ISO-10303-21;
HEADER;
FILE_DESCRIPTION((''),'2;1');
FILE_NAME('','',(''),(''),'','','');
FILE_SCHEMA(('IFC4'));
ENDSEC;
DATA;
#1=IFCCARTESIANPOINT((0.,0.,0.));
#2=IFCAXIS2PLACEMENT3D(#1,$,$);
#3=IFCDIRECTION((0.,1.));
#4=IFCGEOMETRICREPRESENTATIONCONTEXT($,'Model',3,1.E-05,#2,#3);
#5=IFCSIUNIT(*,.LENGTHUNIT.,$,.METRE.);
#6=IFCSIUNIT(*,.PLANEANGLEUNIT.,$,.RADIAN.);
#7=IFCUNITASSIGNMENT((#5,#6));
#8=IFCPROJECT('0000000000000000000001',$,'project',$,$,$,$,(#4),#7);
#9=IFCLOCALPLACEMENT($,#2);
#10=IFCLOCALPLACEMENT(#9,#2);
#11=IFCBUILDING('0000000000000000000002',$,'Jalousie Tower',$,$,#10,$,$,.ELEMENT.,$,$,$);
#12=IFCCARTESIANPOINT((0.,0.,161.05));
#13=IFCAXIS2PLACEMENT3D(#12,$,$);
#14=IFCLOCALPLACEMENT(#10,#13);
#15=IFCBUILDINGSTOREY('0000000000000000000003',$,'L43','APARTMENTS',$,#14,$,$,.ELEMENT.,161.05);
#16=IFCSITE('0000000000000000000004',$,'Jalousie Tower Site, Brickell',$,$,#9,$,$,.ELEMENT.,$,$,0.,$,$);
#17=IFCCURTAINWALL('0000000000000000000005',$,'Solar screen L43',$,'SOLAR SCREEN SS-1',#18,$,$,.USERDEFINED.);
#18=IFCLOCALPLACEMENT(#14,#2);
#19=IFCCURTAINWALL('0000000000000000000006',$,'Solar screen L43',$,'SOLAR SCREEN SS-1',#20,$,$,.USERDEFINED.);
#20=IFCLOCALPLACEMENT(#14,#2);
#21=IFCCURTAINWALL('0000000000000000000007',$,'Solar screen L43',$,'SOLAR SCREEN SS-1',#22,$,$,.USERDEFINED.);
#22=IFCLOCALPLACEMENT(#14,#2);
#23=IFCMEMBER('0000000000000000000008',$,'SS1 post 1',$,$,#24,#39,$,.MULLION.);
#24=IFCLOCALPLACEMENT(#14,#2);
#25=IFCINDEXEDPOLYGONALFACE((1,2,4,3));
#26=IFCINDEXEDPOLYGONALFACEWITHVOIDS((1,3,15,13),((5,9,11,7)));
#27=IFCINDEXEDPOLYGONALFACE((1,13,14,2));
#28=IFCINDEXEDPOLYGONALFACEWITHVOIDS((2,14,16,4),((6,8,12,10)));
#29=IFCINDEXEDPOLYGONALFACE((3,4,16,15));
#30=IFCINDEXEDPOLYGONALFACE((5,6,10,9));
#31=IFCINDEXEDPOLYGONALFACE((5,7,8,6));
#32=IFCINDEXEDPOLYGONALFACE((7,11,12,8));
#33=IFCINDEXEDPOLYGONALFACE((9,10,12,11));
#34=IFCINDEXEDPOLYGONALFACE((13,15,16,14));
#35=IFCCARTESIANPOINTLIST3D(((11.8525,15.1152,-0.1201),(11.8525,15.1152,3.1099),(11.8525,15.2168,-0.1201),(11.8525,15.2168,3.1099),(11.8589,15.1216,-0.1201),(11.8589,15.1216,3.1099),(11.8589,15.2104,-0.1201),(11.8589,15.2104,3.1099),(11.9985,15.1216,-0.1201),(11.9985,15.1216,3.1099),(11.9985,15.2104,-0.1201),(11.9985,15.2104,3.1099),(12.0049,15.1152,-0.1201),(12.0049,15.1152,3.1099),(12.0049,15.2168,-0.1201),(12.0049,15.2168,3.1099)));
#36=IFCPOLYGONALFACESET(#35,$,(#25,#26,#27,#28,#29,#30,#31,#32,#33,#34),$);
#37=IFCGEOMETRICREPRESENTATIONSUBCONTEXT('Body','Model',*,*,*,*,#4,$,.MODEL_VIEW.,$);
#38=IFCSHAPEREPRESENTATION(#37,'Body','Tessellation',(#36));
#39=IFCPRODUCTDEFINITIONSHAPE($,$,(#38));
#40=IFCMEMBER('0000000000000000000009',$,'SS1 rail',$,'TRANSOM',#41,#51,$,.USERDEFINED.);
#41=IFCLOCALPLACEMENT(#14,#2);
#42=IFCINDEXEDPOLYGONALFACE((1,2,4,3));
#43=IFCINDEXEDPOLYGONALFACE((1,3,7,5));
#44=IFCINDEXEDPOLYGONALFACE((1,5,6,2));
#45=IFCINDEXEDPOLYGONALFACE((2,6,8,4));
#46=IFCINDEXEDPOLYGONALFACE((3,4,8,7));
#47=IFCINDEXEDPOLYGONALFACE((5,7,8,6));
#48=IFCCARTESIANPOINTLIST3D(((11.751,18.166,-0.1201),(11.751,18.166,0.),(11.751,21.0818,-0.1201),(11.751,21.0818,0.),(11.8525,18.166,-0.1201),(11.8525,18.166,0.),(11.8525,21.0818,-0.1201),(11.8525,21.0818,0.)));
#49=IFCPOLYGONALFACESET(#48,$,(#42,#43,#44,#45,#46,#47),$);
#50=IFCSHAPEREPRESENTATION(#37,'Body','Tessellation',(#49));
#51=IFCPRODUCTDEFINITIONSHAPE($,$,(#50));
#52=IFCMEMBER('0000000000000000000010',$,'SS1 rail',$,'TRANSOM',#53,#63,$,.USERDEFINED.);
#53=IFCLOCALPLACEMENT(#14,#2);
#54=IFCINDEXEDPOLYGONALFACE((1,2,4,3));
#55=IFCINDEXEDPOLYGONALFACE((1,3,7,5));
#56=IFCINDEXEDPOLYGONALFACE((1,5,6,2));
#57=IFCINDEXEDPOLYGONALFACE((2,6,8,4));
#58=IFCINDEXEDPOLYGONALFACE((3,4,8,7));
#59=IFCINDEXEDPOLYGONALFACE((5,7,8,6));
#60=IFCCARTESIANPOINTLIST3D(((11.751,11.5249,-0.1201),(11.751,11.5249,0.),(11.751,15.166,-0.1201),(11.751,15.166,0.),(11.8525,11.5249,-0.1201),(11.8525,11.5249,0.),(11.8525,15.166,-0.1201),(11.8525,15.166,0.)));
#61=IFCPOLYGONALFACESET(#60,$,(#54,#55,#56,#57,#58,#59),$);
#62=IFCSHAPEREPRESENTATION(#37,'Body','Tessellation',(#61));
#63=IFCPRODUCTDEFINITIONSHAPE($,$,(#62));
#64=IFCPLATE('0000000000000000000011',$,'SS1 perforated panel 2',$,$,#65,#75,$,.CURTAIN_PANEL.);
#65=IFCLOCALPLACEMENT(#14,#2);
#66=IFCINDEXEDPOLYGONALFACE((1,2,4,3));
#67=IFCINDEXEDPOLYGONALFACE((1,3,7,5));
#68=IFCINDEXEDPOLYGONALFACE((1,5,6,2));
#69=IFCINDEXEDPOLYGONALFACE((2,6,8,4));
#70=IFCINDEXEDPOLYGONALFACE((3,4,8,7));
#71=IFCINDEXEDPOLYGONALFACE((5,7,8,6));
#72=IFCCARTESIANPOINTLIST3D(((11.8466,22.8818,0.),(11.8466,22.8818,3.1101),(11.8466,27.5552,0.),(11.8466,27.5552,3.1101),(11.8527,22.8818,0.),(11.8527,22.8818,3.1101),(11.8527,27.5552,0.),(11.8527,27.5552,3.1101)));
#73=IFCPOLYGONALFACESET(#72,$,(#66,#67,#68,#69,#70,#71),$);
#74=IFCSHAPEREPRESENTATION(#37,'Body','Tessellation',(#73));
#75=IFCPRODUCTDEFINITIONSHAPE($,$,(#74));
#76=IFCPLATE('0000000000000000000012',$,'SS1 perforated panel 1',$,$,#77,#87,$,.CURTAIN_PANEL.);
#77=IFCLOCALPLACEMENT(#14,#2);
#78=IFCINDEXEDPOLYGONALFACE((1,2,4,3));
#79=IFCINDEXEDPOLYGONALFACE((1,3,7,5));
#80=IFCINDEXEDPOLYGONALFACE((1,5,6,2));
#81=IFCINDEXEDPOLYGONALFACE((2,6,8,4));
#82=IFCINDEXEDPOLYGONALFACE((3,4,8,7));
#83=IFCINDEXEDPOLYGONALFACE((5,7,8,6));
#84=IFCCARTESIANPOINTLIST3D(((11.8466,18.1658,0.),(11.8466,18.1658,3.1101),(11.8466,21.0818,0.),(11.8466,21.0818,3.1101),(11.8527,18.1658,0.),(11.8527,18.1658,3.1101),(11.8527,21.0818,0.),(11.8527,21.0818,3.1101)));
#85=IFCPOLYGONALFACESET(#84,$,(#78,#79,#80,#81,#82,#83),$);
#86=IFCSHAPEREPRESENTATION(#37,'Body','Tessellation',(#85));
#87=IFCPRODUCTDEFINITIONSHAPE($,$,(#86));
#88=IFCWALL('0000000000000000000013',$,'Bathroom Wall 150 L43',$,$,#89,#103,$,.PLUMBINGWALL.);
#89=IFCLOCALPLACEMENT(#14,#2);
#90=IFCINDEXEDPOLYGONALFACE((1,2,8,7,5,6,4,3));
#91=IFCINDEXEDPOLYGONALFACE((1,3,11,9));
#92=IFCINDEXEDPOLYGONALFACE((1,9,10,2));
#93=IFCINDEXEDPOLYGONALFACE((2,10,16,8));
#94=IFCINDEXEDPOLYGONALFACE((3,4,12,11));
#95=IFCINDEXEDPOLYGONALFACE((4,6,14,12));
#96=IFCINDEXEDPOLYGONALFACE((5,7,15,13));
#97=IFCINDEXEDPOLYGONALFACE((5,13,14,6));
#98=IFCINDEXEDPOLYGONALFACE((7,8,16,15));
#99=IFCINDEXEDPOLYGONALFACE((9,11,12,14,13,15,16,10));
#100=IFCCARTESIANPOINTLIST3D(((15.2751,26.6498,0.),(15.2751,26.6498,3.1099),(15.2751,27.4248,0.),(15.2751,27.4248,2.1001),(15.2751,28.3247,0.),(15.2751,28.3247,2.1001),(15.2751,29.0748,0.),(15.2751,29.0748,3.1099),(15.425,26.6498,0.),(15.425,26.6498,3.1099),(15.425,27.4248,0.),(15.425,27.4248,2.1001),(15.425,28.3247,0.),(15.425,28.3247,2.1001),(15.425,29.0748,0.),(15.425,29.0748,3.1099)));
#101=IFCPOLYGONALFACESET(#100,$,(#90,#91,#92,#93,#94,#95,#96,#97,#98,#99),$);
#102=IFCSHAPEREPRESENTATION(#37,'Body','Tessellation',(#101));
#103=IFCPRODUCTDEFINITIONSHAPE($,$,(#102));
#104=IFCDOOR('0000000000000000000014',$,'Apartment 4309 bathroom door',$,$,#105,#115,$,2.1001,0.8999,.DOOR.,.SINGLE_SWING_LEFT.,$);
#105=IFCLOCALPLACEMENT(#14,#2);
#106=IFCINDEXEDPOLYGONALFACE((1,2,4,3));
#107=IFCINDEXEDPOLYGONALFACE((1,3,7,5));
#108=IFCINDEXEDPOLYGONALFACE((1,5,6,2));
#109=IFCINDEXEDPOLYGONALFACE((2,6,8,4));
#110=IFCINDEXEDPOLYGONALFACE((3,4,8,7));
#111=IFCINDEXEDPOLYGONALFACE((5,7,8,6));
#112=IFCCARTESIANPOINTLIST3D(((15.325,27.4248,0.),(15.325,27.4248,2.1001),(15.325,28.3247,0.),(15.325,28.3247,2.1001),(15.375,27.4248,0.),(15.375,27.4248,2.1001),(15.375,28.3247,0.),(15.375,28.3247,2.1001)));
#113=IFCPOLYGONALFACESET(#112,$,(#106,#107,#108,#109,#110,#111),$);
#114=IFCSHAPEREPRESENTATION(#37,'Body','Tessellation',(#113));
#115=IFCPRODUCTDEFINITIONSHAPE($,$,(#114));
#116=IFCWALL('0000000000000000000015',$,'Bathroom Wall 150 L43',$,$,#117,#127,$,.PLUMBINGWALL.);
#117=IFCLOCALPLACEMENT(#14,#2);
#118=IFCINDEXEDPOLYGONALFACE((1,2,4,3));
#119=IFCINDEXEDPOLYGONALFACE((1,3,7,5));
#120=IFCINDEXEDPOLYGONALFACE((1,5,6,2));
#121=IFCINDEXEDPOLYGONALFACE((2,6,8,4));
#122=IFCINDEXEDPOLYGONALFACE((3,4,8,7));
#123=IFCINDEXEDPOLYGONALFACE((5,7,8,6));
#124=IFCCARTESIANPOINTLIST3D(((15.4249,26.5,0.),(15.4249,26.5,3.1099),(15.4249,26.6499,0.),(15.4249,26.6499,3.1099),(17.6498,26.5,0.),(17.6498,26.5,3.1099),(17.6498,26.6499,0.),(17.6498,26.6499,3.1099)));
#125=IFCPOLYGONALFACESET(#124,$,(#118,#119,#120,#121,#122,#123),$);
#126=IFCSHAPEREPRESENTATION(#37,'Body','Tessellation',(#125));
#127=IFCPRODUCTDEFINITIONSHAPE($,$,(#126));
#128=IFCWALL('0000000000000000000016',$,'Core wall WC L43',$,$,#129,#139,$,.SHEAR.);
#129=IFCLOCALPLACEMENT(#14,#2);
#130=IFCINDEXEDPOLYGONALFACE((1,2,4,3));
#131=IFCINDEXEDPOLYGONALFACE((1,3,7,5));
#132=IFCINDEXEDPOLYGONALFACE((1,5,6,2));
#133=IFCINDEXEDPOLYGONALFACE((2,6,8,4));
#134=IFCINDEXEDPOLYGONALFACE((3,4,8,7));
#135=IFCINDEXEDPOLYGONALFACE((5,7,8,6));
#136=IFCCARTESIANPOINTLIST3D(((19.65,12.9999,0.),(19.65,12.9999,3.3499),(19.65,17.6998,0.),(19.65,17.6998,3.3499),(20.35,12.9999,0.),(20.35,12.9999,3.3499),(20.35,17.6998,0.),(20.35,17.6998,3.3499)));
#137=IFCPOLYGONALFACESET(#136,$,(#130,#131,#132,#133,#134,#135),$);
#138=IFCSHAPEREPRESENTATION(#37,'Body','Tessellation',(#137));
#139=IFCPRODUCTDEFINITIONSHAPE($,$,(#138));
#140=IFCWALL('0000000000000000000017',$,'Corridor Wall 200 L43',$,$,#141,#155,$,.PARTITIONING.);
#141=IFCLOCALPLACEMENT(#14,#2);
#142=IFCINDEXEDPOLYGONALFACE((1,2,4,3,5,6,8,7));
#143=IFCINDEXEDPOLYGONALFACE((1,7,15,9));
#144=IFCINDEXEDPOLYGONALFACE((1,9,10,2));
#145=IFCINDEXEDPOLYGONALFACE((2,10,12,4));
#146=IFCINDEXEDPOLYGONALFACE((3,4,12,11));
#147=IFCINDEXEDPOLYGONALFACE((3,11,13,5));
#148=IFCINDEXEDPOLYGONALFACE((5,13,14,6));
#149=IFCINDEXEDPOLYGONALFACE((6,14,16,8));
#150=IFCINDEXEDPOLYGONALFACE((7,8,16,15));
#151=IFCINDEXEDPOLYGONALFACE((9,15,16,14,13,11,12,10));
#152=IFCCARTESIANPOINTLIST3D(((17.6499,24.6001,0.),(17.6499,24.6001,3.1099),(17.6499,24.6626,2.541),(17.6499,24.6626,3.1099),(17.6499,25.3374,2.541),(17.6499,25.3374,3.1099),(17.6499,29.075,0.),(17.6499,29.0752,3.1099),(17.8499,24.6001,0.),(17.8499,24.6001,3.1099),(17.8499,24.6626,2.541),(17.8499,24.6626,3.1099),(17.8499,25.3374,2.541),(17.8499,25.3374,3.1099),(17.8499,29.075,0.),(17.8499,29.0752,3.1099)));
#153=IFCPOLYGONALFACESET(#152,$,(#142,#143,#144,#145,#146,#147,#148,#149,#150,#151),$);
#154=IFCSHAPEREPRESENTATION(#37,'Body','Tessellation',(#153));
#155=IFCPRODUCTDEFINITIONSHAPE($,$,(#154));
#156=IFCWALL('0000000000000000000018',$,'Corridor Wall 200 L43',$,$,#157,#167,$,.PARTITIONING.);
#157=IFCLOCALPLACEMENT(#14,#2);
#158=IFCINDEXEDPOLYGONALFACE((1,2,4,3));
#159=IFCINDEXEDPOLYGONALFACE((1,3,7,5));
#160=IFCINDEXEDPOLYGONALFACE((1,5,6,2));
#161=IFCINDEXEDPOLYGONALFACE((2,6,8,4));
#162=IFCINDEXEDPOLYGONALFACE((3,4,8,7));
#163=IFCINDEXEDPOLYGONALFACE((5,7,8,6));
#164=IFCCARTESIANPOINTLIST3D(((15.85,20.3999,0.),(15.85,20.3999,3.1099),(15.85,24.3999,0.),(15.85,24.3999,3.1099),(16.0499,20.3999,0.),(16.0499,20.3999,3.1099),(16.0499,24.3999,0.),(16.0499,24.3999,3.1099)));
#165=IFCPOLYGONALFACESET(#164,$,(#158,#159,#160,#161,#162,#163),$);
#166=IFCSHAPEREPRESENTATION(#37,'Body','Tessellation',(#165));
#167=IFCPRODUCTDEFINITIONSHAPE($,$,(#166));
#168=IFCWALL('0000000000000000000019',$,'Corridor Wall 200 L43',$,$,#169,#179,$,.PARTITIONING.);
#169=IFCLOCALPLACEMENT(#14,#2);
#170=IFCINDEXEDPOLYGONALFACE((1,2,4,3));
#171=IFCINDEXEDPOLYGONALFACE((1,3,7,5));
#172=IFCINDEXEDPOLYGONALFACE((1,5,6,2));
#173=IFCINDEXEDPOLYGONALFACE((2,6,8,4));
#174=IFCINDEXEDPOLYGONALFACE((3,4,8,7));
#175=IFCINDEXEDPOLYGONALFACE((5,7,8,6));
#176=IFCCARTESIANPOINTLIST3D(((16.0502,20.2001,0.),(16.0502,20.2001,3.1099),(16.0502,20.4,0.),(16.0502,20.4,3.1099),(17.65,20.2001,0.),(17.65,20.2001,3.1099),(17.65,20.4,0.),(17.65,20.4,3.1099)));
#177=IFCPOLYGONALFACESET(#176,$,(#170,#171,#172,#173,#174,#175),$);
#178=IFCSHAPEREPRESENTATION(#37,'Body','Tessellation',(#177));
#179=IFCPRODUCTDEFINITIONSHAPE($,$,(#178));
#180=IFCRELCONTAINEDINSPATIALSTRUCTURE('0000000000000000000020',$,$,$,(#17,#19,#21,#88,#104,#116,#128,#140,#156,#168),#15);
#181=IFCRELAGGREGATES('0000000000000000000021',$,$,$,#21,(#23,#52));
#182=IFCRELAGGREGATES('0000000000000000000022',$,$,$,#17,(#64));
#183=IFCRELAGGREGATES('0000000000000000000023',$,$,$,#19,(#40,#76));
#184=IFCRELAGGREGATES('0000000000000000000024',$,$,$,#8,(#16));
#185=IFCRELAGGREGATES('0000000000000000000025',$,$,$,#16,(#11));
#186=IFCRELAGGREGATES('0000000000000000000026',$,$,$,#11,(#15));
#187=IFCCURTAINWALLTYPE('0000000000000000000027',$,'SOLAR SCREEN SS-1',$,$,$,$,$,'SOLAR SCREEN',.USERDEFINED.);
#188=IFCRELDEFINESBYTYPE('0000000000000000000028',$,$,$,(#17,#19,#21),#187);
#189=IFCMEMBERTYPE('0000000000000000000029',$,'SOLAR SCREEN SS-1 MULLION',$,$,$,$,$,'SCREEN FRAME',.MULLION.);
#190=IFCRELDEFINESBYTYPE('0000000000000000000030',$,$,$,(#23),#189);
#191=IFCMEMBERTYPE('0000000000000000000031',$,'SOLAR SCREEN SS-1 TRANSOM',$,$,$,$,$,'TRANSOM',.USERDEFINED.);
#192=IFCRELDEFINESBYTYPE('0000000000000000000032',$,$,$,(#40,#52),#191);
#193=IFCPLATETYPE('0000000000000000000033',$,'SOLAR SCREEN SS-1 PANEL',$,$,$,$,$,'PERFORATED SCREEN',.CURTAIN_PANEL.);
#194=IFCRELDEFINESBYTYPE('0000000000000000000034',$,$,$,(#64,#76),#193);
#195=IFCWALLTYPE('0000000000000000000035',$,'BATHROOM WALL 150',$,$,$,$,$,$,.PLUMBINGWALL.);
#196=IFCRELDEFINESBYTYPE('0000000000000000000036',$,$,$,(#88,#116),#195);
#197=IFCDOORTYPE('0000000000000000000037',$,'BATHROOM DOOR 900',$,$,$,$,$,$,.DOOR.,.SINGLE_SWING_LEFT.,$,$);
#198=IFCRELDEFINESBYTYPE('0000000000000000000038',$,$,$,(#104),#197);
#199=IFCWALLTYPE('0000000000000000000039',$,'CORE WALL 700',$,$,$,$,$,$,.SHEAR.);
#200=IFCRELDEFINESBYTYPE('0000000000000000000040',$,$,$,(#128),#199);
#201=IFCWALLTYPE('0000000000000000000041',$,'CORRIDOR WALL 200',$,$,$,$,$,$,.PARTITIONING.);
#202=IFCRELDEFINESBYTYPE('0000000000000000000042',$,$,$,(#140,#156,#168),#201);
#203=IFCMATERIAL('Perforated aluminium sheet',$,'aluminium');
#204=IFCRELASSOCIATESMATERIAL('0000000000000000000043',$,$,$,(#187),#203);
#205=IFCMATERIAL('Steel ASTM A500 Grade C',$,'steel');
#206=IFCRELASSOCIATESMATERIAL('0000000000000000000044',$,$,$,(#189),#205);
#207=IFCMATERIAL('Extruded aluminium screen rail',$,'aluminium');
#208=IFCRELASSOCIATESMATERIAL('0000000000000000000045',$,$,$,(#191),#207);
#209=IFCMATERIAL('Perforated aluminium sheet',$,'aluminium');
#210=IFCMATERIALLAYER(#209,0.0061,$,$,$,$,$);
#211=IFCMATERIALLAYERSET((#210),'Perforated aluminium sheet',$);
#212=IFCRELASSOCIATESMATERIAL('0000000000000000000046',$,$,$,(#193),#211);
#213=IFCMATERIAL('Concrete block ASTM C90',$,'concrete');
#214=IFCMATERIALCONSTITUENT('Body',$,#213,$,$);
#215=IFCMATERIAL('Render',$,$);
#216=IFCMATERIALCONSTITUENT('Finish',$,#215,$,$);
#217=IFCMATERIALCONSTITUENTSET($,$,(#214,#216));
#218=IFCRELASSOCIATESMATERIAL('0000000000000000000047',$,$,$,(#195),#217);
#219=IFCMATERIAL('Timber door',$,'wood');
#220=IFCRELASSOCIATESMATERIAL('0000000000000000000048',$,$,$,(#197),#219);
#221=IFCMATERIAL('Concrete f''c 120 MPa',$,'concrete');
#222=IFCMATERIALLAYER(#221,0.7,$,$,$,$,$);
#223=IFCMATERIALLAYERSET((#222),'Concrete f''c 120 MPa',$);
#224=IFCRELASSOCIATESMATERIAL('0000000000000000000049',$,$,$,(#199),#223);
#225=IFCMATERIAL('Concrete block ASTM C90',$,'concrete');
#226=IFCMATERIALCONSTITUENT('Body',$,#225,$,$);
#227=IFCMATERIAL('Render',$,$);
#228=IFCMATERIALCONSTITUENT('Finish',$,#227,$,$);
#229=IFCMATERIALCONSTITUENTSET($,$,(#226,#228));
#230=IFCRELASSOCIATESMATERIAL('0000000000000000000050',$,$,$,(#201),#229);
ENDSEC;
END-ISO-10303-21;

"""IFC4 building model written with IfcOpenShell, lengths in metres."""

from ifc_helpers import new_model, si_unit, direction, frame, frame_2d, origin, origin_2d, place, context, subcontext, project, spatial, polyline, rectangle, hollow_rectangle, outline, extrude, material, layer, layer_set, constituent, constituent_set, material_profile, profile_set, type_object, element, fill, aggregate, save


model = new_model("IFC4")

# Units and contexts
model_context = context("Model", 3, precision=1e-05, world=origin(), true_north=direction((0.0, 1.0)))
body_context = subcontext(model_context, "Body", "Model", "MODEL_VIEW")
ifc_project = project(units=[si_unit("LENGTHUNIT", "METRE"), si_unit("PLANEANGLEUNIT", "RADIAN")], contexts=[model_context])

# Site, building, storey
site_placement = place(None, origin())
site = spatial("IfcSite", under=ifc_project, at=site_placement, Name="Jalousie Tower Site, Brickell", CompositionType="ELEMENT", RefElevation=0.0)
building_placement = place(site_placement, origin())
building = spatial("IfcBuilding", under=site, at=building_placement, Name="Jalousie Tower", CompositionType="ELEMENT")
storey_placement = place(building_placement, frame((0.0, 0.0, 161.05)))
storey = spatial("IfcBuildingStorey", under=building, at=storey_placement, Name="L43", Description="APARTMENTS", CompositionType="ELEMENT", Elevation=161.05)

# Curtain walls
ifc_material_1 = material(Name="Perforated aluminium sheet", Category="aluminium")
curtain_wall_type = type_object("IfcCurtainWallType", Name="SOLAR SCREEN SS-1", ElementType="SOLAR SCREEN", PredefinedType="USERDEFINED", material=ifc_material_1)
curtain_wall_1_placement = place(storey_placement, origin())
curtain_wall_1 = element("IfcCurtainWall", 1, at=curtain_wall_1_placement, inside=storey, type_object=curtain_wall_type, Name="Solar screen L43", ObjectType="SOLAR SCREEN SS-1", PredefinedType="USERDEFINED")
ifc_material_2 = material(Name="Steel ASTM A500 Grade C", Category="steel")
ifc_material_profile_1 = material_profile(ifc_material_2, hollow_rectangle(XDim=0.1016, YDim=0.1523, WallThickness=0.0063, at=origin_2d()), Name="HSS6X4X1/4")
ifc_profile_set_1 = profile_set([ifc_material_profile_1], Name="Steel ASTM A500 Grade C")
member_type_1 = type_object("IfcMemberType", Name="SOLAR SCREEN SS-1 MULLION", ElementType="SCREEN FRAME", PredefinedType="MULLION", material=ifc_profile_set_1)
curtain_wall_2_placement = place(storey_placement, origin())
curtain_wall_2 = element("IfcCurtainWall", 2, at=curtain_wall_2_placement, inside=storey, type_object=curtain_wall_type, Name="Solar screen L43", ObjectType="SOLAR SCREEN SS-1", PredefinedType="USERDEFINED")

# Curtain wall, member
curtain_wall_3_placement = place(storey_placement, origin())
curtain_wall_3 = element("IfcCurtainWall", 3, at=curtain_wall_3_placement, inside=storey, type_object=curtain_wall_type, Name="Solar screen L43", ObjectType="SOLAR SCREEN SS-1", PredefinedType="USERDEFINED")
member_1_placement = place(storey_placement, frame((11.9287, 15.166, -0.1201), z_axis=(0.0, 0.0, 1.0), x_axis=(0.0, -1.0, 0.0)))
member_1 = element("IfcMember", 4, at=member_1_placement, type_object=member_type_1, Name="SS1 post 1", PredefinedType="MULLION", context=body_context, shape_type="SweptSolid", body=[
    extrude(hollow_rectangle(XDim=0.1016, YDim=0.1523, WallThickness=0.0063, at=origin_2d()), origin(), (0.0, 0.0, 1.0), 3.23),
])

# Members
ifc_material_3 = material(Name="Extruded aluminium screen rail", Category="aluminium")
ifc_material_profile_2 = material_profile(ifc_material_3, rectangle(XDim=0.1016, YDim=0.1201, at=origin_2d()), Name="RAIL 102x120")
ifc_profile_set_2 = profile_set([ifc_material_profile_2], Name="Extruded aluminium screen rail")
member_type_2 = type_object("IfcMemberType", Name="SOLAR SCREEN SS-1 TRANSOM", ElementType="TRANSOM", PredefinedType="USERDEFINED", material=ifc_profile_set_2)
member_2_placement = place(storey_placement, frame((11.8018, 21.0818, -0.0601), z_axis=(0.0, -1.0, 0.0), x_axis=(1.0, 0.0, 0.0)))
member_2 = element("IfcMember", 5, at=member_2_placement, type_object=member_type_2, Name="SS1 rail", ObjectType="TRANSOM", PredefinedType="USERDEFINED", context=body_context, shape_type="SweptSolid", body=[
    extrude(rectangle(XDim=0.1016, YDim=0.1201, at=origin_2d()), origin(), (0.0, 0.0, 1.0), 2.9158),
])
member_3_placement = place(storey_placement, frame((11.8018, 15.166, -0.0601), z_axis=(0.0, -1.0, 0.0), x_axis=(1.0, 0.0, 0.0)))
member_3 = element("IfcMember", 6, at=member_3_placement, type_object=member_type_2, Name="SS1 rail", ObjectType="TRANSOM", PredefinedType="USERDEFINED", context=body_context, shape_type="SweptSolid", body=[
    extrude(rectangle(XDim=0.1016, YDim=0.1201, at=origin_2d()), origin(), (0.0, 0.0, 1.0), 3.6411),
])
aggregate(curtain_wall_3, [member_1, member_3])

# Plates
ifc_material_4 = material(Name="Perforated aluminium sheet", Category="aluminium")
ifc_layer_1 = layer(ifc_material_4, 0.0061)
ifc_layer_set_1 = layer_set([ifc_layer_1], Name="Perforated aluminium sheet")
plate_type = type_object("IfcPlateType", Name="SOLAR SCREEN SS-1 PANEL", ElementType="PERFORATED SCREEN", PredefinedType="CURTAIN_PANEL", material=ifc_layer_set_1)
plate_1_placement = place(storey_placement, frame((11.8496, 25.2185, 0.0), z_axis=(0.0, 0.0, 1.0), x_axis=(0.0, -1.0, 0.0)))
plate_1 = element("IfcPlate", 7, at=plate_1_placement, type_object=plate_type, Name="SS1 perforated panel 2", PredefinedType="CURTAIN_PANEL", context=body_context, shape_type="SweptSolid", body=[
    extrude(rectangle(XDim=4.6733, YDim=0.0061, at=origin_2d()), origin(), (0.0, 0.0, 1.0), 3.1101),
])
aggregate(curtain_wall_1, [plate_1])
plate_2_placement = place(storey_placement, frame((11.8496, 19.6238, 0.0), z_axis=(0.0, 0.0, 1.0), x_axis=(0.0, -1.0, 0.0)))
plate_2 = element("IfcPlate", 8, at=plate_2_placement, type_object=plate_type, Name="SS1 perforated panel 1", PredefinedType="CURTAIN_PANEL", context=body_context, shape_type="SweptSolid", body=[
    extrude(rectangle(XDim=2.916, YDim=0.0061, at=origin_2d()), origin(), (0.0, 0.0, 1.0), 3.1101),
])
aggregate(curtain_wall_2, [member_2, plate_2])

# Wall, opening, door
ifc_material_5 = material(Name="Concrete block ASTM C90", Category="concrete")
ifc_constituent_1 = constituent(ifc_material_5, Name="Body")
ifc_material_6 = material(Name="Render")
ifc_constituent_2 = constituent(ifc_material_6, Name="Finish")
ifc_constituent_set_1 = constituent_set(constituents=[ifc_constituent_1, ifc_constituent_2])
wall_type_1 = type_object("IfcWallType", Name="BATHROOM WALL 150", PredefinedType="PLUMBINGWALL", material=ifc_constituent_set_1)
wall_1_placement = place(storey_placement, frame((15.3501, 26.6499, 0.0), z_axis=(0.0, 0.0, 1.0), x_axis=(0.0, 1.0, 0.0)))
wall_1 = element("IfcWall", 9, at=wall_1_placement, inside=storey, type_object=wall_type_1, Name="Bathroom Wall 150 L43", PredefinedType="PLUMBINGWALL", context=body_context, shape_type="SweptSolid", body=[
    extrude(rectangle(XDim=2.425, YDim=0.1499, at=frame_2d((1.2124, 0.0))), origin(), (0.0, 0.0, 1.0), 3.1099),
])
opening_1_placement = place(wall_1_placement, frame((0.7749, 0.0, 0.0)))
opening_1 = element("IfcOpeningElement", 10, at=opening_1_placement, cuts=wall_1, PredefinedType="OPENING", context=body_context, shape_type="SweptSolid", body=[
    extrude(rectangle(XDim=0.8999, YDim=2.1001, at=frame_2d((0.45, 1.05))), frame((0.0, 0.085, 0.0), z_axis=(0.0, -1.0, 0.0), x_axis=(1.0, 0.0, 0.0)), (0.0, 0.0, 1.0), 0.1699),
])
ifc_material_7 = material(Name="Timber door", Category="wood")
door_type_1 = type_object("IfcDoorType", Name="BATHROOM DOOR 900", OperationType="SINGLE_SWING_LEFT", PredefinedType="DOOR", material=ifc_material_7)
door_1_placement = place(opening_1_placement, frame((0.8999, 0.0, 0.0), z_axis=(0.0, 0.0, 1.0), x_axis=(-1.0, 0.0, 0.0)))
door_1 = element("IfcDoor", 11, at=door_1_placement, inside=storey, type_object=door_type_1, Name="Apartment 4309 bathroom door", OperationType="SINGLE_SWING_LEFT", OverallHeight=2.1001, OverallWidth=0.8999, PredefinedType="DOOR", context=body_context, shape_type="SweptSolid", body=[
    extrude(rectangle(XDim=0.8999, YDim=2.1001, at=frame_2d((0.45, 1.05))), frame((0.0, 0.0249, 0.0), z_axis=(0.0, -1.0, 0.0), x_axis=(1.0, 0.0, 0.0)), (0.0, 0.0, 1.0), 0.05),
])
fill(opening_1, door_1)

# Walls
wall_2_placement = place(storey_placement, frame((15.425, 26.575, 0.0), z_axis=(0.0, 0.0, 1.0), x_axis=(1.0, 0.0, 0.0)))
element("IfcWall", 12, at=wall_2_placement, inside=storey, type_object=wall_type_1, Name="Bathroom Wall 150 L43", PredefinedType="PLUMBINGWALL", context=body_context, shape_type="SweptSolid", body=[
    extrude(rectangle(XDim=2.2249, YDim=0.1499, at=frame_2d((1.1123, 0.0))), origin(), (0.0, 0.0, 1.0), 3.1099),
])
ifc_material_8 = material(Name="Concrete f'c 120 MPa", Category="concrete")
ifc_layer_2 = layer(ifc_material_8, 0.7)
ifc_layer_set_2 = layer_set([ifc_layer_2], Name="Concrete f'c 120 MPa")
wall_type_2 = type_object("IfcWallType", Name="CORE WALL 700", PredefinedType="SHEAR", material=ifc_layer_set_2)
wall_3_placement = place(storey_placement, frame((20.0, 17.7, 0.0), z_axis=(0.0, 0.0, 1.0), x_axis=(0.0, -1.0, 0.0)))
element("IfcWall", 13, at=wall_3_placement, inside=storey, type_object=wall_type_2, Name="Core wall WC L43", PredefinedType="SHEAR", context=body_context, shape_type="SweptSolid", body=[
    extrude(rectangle(XDim=4.7, YDim=0.7, at=frame_2d((2.3501, 0.0))), origin(), (0.0, 0.0, 1.0), 3.3499),
])
ifc_material_9 = material(Name="Concrete block ASTM C90", Category="concrete")
ifc_constituent_3 = constituent(ifc_material_9, Name="Body")
ifc_material_10 = material(Name="Render")
ifc_constituent_4 = constituent(ifc_material_10, Name="Finish")
ifc_constituent_set_2 = constituent_set(constituents=[ifc_constituent_3, ifc_constituent_4])
wall_type_3 = type_object("IfcWallType", Name="CORRIDOR WALL 200", PredefinedType="PARTITIONING", material=ifc_constituent_set_2)
wall_4_placement = place(storey_placement, frame((17.75, 24.6001, 0.0), z_axis=(0.0, 0.0, 1.0), x_axis=(0.0, 1.0, 0.0)))
element("IfcWall", 14, at=wall_4_placement, inside=storey, type_object=wall_type_3, Name="Corridor Wall 200 L43", PredefinedType="PARTITIONING", context=body_context, shape_type="SweptSolid", body=[
    extrude(outline(polyline([(0.0, 0.0), (4.4749, 0.0), (4.4751, 3.1099), (0.7373, 3.1099), (0.7373, 2.541), (0.0625, 2.541), (0.0625, 3.1099), (0.0, 3.1099), (0.0, 0.0)])), frame((0.0, 0.1001, 0.0), z_axis=(0.0, -1.0, 0.0), x_axis=(1.0, 0.0, 0.0)), (0.0, 0.0, 1.0), 0.2),
])
wall_5_placement = place(storey_placement, frame((15.95, 20.3999, 0.0), z_axis=(0.0, 0.0, 1.0), x_axis=(0.0, 1.0, 0.0)))
element("IfcWall", 15, at=wall_5_placement, inside=storey, type_object=wall_type_3, Name="Corridor Wall 200 L43", PredefinedType="PARTITIONING", context=body_context, shape_type="SweptSolid", body=[
    extrude(rectangle(XDim=4.0, YDim=0.2, at=frame_2d((2.0, 0.0))), origin(), (0.0, 0.0, 1.0), 3.1099),
])
for number, where, z_axis, x_axis, name in (
    (16, (17.6499, 20.3, 0.0), (0.0, 0.0, 1.0), (-1.0, 0.0, 0.0), "Corridor Wall 200 L43"),
):
    element("IfcWall", number, at=place(storey_placement, frame(where, z_axis=z_axis, x_axis=x_axis)), inside=storey, type_object=wall_type_3, Name=name, PredefinedType="PARTITIONING", context=body_context, shape_type="SweptSolid", body=[
        extrude(rectangle(XDim=1.5999, YDim=0.2, at=frame_2d((0.7998, 0.0))), origin(), (0.0, 0.0, 1.0), 3.1099),
    ])

save(model, "model.ifc")
